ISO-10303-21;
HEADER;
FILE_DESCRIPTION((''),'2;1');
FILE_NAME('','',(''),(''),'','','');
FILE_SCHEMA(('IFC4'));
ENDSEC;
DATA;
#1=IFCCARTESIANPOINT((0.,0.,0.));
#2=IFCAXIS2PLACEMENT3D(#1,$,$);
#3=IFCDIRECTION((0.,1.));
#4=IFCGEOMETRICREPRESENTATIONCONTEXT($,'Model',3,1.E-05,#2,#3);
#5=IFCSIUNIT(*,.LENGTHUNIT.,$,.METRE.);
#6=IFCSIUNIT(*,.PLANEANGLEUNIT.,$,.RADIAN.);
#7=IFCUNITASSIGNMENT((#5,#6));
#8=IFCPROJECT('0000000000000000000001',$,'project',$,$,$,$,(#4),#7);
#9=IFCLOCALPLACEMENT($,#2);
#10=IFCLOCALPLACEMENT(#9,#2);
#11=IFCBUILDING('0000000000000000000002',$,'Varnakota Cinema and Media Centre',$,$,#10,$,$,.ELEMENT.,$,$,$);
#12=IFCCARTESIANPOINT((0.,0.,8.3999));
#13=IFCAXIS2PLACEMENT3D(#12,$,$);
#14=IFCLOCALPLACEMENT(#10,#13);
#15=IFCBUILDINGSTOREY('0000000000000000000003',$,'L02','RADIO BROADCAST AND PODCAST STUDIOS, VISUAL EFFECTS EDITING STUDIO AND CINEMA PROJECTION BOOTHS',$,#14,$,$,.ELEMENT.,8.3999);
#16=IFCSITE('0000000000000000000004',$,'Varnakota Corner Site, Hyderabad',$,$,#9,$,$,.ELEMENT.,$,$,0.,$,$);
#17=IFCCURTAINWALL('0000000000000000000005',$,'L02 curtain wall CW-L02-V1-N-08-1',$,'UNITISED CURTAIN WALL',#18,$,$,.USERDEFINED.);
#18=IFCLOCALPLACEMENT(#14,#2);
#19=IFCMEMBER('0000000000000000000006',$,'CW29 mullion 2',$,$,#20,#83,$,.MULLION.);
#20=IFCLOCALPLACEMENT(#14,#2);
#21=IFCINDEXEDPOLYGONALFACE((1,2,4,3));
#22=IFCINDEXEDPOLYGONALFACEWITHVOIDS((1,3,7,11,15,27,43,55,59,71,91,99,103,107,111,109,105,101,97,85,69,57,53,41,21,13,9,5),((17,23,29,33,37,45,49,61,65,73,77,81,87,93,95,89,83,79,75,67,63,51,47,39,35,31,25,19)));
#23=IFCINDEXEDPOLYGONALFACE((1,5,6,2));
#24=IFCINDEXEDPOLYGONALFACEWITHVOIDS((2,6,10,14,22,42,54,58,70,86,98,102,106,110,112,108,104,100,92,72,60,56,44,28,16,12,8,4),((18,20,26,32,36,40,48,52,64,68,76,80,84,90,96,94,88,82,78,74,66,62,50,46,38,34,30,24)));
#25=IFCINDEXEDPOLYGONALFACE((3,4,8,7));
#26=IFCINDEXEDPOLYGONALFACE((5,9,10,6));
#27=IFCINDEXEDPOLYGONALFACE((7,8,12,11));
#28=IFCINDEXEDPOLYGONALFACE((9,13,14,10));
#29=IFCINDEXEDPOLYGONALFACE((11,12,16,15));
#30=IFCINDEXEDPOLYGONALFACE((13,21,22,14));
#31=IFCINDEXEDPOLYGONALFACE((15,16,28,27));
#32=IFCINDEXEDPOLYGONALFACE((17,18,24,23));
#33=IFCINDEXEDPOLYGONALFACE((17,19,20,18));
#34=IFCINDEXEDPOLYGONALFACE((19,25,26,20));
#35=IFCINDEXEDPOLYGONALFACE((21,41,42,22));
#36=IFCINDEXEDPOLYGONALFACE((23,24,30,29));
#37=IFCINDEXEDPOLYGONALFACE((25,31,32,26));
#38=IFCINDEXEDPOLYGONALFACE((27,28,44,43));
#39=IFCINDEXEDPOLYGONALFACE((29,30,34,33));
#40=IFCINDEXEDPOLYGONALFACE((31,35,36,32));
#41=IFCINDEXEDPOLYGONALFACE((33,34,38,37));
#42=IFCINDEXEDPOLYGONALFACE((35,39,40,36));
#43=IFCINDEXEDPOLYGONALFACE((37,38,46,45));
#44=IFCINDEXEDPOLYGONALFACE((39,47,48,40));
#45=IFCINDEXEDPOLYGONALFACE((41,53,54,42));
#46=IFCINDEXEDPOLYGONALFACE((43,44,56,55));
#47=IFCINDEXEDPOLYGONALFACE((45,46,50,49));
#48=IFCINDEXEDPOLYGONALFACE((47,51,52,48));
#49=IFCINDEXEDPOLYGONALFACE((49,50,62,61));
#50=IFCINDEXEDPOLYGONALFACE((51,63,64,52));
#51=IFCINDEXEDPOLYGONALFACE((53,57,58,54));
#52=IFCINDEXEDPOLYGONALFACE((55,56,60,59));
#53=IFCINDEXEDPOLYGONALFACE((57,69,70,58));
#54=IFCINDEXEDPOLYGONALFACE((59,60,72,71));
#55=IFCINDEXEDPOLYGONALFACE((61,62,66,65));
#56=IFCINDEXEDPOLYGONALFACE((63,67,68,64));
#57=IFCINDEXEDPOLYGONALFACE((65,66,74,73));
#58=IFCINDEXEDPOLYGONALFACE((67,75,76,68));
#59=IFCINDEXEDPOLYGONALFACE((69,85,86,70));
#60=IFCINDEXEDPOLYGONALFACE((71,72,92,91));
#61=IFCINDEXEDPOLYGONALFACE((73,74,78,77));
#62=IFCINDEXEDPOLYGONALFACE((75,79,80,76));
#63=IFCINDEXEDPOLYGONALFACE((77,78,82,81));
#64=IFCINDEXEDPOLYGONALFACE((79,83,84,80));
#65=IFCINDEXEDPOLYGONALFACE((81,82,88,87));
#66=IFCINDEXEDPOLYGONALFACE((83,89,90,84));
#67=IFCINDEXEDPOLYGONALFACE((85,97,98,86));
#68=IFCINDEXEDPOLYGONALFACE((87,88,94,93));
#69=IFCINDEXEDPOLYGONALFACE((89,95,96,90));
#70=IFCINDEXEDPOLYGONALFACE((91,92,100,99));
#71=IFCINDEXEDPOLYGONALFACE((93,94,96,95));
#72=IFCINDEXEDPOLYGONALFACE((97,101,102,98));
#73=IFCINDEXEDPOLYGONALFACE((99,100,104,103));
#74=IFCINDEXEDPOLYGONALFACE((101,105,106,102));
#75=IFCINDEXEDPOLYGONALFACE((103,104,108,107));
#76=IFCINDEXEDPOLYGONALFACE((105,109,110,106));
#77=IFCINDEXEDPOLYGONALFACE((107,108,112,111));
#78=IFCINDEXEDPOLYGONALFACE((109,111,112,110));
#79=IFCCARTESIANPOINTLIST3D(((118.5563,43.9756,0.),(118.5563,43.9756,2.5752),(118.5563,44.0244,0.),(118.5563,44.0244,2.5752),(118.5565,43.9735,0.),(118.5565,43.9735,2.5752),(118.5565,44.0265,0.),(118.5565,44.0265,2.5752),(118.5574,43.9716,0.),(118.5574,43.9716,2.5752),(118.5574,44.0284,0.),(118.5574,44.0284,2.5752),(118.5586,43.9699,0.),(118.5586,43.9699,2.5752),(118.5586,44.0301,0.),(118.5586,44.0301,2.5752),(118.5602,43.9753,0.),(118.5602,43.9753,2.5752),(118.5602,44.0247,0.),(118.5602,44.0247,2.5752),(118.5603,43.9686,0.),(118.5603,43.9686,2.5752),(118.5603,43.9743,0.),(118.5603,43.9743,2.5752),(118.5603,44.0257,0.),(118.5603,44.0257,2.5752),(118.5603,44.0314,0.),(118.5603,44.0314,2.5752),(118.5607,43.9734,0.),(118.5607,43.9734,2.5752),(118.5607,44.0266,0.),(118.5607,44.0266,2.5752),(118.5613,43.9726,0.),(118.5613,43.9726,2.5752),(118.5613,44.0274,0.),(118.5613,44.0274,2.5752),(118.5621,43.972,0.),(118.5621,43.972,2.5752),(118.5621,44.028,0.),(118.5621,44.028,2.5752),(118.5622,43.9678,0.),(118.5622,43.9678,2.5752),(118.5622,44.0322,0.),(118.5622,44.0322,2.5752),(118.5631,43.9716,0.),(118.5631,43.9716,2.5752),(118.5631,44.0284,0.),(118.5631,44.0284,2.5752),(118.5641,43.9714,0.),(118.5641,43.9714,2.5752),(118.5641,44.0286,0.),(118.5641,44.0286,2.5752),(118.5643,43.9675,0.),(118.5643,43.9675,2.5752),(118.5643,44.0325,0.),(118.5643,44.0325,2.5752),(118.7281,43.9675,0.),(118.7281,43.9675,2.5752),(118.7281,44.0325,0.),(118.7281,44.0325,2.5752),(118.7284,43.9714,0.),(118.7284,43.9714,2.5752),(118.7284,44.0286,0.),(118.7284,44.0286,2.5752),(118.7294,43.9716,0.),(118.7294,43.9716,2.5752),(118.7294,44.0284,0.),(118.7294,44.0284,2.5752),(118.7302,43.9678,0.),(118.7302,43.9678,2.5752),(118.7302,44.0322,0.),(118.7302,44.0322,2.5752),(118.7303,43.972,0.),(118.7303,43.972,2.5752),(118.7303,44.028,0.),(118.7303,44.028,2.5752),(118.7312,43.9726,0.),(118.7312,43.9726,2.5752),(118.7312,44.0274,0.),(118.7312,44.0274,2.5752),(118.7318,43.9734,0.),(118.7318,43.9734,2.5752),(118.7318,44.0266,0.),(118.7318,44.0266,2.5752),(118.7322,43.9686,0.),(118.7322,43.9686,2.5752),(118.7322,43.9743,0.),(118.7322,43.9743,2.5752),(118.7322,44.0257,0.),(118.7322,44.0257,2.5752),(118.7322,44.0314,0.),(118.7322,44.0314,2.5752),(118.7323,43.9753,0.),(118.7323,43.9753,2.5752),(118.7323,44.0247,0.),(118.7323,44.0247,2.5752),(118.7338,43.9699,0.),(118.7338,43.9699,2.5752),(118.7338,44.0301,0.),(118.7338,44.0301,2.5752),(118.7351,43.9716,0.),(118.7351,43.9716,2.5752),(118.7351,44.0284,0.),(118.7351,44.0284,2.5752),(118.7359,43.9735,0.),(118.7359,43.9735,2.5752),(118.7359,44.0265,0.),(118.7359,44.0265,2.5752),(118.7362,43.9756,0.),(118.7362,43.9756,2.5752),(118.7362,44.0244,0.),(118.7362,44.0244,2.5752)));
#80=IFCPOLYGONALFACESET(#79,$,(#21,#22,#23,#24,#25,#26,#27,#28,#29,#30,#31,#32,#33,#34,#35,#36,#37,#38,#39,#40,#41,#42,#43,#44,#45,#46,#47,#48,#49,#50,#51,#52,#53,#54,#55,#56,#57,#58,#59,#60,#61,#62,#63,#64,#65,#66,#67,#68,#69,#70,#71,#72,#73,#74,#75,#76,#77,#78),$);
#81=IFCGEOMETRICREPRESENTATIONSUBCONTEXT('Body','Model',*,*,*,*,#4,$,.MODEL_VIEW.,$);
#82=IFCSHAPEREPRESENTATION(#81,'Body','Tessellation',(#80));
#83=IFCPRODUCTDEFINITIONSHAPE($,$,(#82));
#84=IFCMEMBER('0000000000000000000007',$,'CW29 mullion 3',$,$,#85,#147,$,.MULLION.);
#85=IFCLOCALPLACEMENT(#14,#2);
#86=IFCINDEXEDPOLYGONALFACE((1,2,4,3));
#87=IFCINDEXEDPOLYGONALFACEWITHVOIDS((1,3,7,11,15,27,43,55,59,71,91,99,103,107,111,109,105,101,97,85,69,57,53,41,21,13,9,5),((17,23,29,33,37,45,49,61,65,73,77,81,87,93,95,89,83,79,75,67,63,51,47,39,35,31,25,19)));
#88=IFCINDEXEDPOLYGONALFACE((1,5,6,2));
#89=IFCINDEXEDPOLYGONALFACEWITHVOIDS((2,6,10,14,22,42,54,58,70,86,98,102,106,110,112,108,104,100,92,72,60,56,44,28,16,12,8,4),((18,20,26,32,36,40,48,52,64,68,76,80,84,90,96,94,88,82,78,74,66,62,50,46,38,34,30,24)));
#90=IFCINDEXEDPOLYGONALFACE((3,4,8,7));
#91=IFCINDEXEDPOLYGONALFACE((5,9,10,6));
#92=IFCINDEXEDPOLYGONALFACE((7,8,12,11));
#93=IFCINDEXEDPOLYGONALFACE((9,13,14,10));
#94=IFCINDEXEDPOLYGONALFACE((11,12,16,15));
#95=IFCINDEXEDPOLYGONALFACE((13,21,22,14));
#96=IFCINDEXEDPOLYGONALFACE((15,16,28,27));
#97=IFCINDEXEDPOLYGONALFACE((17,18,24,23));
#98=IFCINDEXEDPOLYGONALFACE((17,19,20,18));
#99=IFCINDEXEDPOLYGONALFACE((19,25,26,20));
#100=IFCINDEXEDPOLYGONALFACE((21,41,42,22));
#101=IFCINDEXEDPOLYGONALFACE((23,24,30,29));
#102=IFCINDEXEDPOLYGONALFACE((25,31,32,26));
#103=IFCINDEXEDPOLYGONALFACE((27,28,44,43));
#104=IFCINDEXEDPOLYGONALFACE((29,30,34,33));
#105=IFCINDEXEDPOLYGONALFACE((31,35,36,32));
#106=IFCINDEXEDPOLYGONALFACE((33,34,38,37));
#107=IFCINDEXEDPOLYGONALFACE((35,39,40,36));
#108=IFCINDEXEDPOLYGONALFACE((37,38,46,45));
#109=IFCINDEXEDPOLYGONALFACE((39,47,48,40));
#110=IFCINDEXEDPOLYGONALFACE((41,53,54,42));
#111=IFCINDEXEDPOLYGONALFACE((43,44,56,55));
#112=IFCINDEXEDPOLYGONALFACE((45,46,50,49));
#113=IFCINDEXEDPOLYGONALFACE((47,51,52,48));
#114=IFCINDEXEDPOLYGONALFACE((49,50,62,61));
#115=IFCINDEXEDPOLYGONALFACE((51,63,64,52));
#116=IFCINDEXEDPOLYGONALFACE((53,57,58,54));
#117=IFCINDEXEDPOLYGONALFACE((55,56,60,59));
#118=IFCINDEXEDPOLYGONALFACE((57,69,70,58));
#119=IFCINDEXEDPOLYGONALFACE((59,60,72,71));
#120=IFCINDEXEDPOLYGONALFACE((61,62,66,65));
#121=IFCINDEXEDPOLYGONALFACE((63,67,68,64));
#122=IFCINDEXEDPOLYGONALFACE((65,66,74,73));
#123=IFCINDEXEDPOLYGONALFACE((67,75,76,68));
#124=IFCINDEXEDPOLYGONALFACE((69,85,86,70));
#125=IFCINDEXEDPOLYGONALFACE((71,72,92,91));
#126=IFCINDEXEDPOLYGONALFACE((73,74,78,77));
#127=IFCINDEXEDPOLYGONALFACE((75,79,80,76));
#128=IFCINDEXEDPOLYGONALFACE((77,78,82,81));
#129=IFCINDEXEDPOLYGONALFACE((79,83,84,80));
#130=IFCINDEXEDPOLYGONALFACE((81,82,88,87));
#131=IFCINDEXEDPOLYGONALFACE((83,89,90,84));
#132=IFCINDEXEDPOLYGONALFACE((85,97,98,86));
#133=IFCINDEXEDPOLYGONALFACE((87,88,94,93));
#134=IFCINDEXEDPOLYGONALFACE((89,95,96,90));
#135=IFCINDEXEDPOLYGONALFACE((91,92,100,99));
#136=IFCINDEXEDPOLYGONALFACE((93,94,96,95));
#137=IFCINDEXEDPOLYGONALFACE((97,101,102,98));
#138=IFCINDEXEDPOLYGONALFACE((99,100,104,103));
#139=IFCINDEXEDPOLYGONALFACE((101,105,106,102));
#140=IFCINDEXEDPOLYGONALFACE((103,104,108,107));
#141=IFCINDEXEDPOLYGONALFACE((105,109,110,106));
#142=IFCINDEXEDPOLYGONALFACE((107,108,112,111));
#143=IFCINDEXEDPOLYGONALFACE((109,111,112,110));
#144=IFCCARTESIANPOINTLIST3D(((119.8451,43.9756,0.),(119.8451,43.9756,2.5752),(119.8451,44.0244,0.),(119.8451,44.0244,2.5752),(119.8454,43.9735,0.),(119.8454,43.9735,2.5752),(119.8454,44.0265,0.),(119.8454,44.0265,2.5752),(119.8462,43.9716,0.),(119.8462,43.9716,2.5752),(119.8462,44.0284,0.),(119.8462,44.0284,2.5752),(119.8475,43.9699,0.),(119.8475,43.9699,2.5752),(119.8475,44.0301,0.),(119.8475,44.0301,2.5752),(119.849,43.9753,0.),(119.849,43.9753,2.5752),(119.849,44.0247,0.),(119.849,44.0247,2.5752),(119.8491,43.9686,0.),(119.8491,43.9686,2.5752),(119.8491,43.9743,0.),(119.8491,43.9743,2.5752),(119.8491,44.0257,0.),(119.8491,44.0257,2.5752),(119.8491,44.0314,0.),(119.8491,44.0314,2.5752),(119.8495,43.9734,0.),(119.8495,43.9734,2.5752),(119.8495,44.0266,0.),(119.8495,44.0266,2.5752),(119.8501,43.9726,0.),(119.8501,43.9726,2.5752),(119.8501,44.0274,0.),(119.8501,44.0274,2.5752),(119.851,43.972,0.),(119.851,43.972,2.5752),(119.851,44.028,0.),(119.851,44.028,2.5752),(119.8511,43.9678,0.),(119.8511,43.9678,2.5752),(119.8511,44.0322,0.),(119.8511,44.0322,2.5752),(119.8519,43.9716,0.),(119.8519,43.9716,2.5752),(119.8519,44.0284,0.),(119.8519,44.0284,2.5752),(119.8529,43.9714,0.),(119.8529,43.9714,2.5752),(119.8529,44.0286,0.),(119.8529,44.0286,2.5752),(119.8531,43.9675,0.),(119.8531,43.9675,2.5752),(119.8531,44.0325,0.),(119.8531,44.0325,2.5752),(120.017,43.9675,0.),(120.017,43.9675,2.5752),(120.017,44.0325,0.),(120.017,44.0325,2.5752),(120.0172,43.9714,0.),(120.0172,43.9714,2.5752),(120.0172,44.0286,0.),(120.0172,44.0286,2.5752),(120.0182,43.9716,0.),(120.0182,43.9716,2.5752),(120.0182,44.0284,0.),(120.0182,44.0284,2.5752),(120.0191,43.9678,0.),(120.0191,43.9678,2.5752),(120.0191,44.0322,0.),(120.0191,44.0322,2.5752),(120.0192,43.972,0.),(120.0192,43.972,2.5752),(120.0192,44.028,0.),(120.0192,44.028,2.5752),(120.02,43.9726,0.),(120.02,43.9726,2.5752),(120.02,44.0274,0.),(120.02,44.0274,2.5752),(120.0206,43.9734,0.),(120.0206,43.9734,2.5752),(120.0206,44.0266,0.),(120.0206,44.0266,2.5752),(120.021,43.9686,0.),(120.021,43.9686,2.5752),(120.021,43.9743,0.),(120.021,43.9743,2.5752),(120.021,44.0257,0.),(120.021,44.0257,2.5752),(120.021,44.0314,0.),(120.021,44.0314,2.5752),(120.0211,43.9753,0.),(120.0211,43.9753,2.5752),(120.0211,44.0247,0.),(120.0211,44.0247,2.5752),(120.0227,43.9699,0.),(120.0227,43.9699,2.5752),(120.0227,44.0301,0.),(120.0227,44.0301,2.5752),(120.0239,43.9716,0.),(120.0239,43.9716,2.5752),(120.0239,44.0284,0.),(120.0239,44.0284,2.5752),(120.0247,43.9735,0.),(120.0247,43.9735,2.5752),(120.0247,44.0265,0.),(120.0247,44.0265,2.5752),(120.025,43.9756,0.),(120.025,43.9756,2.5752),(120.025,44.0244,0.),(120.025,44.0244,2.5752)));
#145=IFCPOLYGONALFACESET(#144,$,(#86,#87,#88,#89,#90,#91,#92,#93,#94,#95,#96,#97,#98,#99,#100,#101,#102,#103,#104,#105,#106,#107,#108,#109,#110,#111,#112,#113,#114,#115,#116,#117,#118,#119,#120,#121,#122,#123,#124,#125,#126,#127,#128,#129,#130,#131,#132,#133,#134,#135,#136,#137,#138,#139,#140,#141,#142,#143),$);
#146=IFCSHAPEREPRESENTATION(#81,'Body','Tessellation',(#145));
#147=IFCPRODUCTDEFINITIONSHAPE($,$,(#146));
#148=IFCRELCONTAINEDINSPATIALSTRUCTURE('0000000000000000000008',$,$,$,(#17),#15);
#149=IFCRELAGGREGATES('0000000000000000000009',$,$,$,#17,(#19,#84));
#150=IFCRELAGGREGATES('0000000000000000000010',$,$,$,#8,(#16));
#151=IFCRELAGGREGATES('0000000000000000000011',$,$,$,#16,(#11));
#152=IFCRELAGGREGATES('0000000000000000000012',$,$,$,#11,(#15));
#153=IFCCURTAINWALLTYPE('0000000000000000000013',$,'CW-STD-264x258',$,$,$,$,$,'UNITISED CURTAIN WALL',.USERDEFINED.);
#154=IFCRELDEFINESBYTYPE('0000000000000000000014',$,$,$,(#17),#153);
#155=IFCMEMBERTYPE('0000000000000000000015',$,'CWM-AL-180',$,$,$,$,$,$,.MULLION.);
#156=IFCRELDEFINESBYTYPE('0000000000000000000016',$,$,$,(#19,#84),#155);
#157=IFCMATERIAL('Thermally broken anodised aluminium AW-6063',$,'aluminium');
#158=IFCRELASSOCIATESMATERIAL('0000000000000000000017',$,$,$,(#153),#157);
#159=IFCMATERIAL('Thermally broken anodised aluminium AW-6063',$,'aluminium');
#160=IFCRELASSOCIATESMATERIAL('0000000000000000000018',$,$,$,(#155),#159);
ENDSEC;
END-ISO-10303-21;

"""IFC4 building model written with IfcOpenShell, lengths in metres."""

from ifc_helpers import new_model, si_unit, direction, frame, origin, origin_2d, place, context, subcontext, project, spatial, hollow_rectangle, extrude, material, material_profile, profile_set, type_object, element, aggregate, save


model = new_model("IFC4")

# Units and contexts
model_context = context("Model", 3, precision=1e-05, world=origin(), true_north=direction((0.0, 1.0)))
body_context = subcontext(model_context, "Body", "Model", "MODEL_VIEW")
ifc_project = project(units=[si_unit("LENGTHUNIT", "METRE"), si_unit("PLANEANGLEUNIT", "RADIAN")], contexts=[model_context])

# Site, building, storey
site_placement = place(None, origin())
site = spatial("IfcSite", under=ifc_project, at=site_placement, Name="Varnakota Corner Site, Hyderabad", CompositionType="ELEMENT", RefElevation=0.0)
building_placement = place(site_placement, origin())
building = spatial("IfcBuilding", under=site, at=building_placement, Name="Varnakota Cinema and Media Centre", CompositionType="ELEMENT")
storey_placement = place(building_placement, frame((0.0, 0.0, 8.3999)))
storey = spatial("IfcBuildingStorey", under=building, at=storey_placement, Name="L02", Description="RADIO BROADCAST AND PODCAST STUDIOS, VISUAL EFFECTS EDITING STUDIO AND CINEMA PROJECTION BOOTHS", CompositionType="ELEMENT", Elevation=8.3999)

# Curtain wall, members
ifc_material_1 = material(Name="Thermally broken anodised aluminium AW-6063", Category="aluminium")
curtain_wall_type = type_object("IfcCurtainWallType", Name="CW-STD-264x258", ElementType="UNITISED CURTAIN WALL", PredefinedType="USERDEFINED", material=ifc_material_1)
curtain_wall_1_placement = place(storey_placement, origin())
curtain_wall_1 = element("IfcCurtainWall", 1, at=curtain_wall_1_placement, inside=storey, type_object=curtain_wall_type, Name="L02 curtain wall CW-L02-V1-N-08-1", ObjectType="UNITISED CURTAIN WALL", PredefinedType="USERDEFINED")
ifc_material_2 = material(Name="Thermally broken anodised aluminium AW-6063", Category="aluminium")
ifc_material_profile_1 = material_profile(ifc_material_2, hollow_rectangle(XDim=0.0649, YDim=0.1799, WallThickness=0.0039, InnerFilletRadius=0.0039, OuterFilletRadius=0.0081, at=origin_2d()), Name="AL-MULLION 180x65x4")
ifc_profile_set_1 = profile_set([ifc_material_profile_1], Name="Thermally broken anodised aluminium AW-6063")
member_type_1 = type_object("IfcMemberType", Name="CWM-AL-180", PredefinedType="MULLION", material=ifc_profile_set_1)
member_1_placement = place(storey_placement, frame((118.6462, 44.0, 0.0), z_axis=(0.0, 0.0, 1.0), x_axis=(0.0, 1.0, 0.0)))
member_1 = element("IfcMember", 2, at=member_1_placement, type_object=member_type_1, Name="CW29 mullion 2", PredefinedType="MULLION", context=body_context, shape_type="SweptSolid", body=[
    extrude(hollow_rectangle(XDim=0.0649, YDim=0.1799, WallThickness=0.0039, InnerFilletRadius=0.0039, OuterFilletRadius=0.0081, at=origin_2d()), origin(), (0.0, 0.0, 1.0), 2.5752),
])
member_2_placement = place(storey_placement, frame((119.9351, 44.0, 0.0), z_axis=(0.0, 0.0, 1.0), x_axis=(0.0, 1.0, 0.0)))
member_2 = element("IfcMember", 3, at=member_2_placement, type_object=member_type_1, Name="CW29 mullion 3", PredefinedType="MULLION", context=body_context, shape_type="SweptSolid", body=[
    extrude(hollow_rectangle(XDim=0.0649, YDim=0.1799, WallThickness=0.0039, InnerFilletRadius=0.0039, OuterFilletRadius=0.0081, at=origin_2d()), origin(), (0.0, 0.0, 1.0), 2.5752),
])

aggregate(curtain_wall_1, [member_1, member_2])

save(model, "model.ifc")
